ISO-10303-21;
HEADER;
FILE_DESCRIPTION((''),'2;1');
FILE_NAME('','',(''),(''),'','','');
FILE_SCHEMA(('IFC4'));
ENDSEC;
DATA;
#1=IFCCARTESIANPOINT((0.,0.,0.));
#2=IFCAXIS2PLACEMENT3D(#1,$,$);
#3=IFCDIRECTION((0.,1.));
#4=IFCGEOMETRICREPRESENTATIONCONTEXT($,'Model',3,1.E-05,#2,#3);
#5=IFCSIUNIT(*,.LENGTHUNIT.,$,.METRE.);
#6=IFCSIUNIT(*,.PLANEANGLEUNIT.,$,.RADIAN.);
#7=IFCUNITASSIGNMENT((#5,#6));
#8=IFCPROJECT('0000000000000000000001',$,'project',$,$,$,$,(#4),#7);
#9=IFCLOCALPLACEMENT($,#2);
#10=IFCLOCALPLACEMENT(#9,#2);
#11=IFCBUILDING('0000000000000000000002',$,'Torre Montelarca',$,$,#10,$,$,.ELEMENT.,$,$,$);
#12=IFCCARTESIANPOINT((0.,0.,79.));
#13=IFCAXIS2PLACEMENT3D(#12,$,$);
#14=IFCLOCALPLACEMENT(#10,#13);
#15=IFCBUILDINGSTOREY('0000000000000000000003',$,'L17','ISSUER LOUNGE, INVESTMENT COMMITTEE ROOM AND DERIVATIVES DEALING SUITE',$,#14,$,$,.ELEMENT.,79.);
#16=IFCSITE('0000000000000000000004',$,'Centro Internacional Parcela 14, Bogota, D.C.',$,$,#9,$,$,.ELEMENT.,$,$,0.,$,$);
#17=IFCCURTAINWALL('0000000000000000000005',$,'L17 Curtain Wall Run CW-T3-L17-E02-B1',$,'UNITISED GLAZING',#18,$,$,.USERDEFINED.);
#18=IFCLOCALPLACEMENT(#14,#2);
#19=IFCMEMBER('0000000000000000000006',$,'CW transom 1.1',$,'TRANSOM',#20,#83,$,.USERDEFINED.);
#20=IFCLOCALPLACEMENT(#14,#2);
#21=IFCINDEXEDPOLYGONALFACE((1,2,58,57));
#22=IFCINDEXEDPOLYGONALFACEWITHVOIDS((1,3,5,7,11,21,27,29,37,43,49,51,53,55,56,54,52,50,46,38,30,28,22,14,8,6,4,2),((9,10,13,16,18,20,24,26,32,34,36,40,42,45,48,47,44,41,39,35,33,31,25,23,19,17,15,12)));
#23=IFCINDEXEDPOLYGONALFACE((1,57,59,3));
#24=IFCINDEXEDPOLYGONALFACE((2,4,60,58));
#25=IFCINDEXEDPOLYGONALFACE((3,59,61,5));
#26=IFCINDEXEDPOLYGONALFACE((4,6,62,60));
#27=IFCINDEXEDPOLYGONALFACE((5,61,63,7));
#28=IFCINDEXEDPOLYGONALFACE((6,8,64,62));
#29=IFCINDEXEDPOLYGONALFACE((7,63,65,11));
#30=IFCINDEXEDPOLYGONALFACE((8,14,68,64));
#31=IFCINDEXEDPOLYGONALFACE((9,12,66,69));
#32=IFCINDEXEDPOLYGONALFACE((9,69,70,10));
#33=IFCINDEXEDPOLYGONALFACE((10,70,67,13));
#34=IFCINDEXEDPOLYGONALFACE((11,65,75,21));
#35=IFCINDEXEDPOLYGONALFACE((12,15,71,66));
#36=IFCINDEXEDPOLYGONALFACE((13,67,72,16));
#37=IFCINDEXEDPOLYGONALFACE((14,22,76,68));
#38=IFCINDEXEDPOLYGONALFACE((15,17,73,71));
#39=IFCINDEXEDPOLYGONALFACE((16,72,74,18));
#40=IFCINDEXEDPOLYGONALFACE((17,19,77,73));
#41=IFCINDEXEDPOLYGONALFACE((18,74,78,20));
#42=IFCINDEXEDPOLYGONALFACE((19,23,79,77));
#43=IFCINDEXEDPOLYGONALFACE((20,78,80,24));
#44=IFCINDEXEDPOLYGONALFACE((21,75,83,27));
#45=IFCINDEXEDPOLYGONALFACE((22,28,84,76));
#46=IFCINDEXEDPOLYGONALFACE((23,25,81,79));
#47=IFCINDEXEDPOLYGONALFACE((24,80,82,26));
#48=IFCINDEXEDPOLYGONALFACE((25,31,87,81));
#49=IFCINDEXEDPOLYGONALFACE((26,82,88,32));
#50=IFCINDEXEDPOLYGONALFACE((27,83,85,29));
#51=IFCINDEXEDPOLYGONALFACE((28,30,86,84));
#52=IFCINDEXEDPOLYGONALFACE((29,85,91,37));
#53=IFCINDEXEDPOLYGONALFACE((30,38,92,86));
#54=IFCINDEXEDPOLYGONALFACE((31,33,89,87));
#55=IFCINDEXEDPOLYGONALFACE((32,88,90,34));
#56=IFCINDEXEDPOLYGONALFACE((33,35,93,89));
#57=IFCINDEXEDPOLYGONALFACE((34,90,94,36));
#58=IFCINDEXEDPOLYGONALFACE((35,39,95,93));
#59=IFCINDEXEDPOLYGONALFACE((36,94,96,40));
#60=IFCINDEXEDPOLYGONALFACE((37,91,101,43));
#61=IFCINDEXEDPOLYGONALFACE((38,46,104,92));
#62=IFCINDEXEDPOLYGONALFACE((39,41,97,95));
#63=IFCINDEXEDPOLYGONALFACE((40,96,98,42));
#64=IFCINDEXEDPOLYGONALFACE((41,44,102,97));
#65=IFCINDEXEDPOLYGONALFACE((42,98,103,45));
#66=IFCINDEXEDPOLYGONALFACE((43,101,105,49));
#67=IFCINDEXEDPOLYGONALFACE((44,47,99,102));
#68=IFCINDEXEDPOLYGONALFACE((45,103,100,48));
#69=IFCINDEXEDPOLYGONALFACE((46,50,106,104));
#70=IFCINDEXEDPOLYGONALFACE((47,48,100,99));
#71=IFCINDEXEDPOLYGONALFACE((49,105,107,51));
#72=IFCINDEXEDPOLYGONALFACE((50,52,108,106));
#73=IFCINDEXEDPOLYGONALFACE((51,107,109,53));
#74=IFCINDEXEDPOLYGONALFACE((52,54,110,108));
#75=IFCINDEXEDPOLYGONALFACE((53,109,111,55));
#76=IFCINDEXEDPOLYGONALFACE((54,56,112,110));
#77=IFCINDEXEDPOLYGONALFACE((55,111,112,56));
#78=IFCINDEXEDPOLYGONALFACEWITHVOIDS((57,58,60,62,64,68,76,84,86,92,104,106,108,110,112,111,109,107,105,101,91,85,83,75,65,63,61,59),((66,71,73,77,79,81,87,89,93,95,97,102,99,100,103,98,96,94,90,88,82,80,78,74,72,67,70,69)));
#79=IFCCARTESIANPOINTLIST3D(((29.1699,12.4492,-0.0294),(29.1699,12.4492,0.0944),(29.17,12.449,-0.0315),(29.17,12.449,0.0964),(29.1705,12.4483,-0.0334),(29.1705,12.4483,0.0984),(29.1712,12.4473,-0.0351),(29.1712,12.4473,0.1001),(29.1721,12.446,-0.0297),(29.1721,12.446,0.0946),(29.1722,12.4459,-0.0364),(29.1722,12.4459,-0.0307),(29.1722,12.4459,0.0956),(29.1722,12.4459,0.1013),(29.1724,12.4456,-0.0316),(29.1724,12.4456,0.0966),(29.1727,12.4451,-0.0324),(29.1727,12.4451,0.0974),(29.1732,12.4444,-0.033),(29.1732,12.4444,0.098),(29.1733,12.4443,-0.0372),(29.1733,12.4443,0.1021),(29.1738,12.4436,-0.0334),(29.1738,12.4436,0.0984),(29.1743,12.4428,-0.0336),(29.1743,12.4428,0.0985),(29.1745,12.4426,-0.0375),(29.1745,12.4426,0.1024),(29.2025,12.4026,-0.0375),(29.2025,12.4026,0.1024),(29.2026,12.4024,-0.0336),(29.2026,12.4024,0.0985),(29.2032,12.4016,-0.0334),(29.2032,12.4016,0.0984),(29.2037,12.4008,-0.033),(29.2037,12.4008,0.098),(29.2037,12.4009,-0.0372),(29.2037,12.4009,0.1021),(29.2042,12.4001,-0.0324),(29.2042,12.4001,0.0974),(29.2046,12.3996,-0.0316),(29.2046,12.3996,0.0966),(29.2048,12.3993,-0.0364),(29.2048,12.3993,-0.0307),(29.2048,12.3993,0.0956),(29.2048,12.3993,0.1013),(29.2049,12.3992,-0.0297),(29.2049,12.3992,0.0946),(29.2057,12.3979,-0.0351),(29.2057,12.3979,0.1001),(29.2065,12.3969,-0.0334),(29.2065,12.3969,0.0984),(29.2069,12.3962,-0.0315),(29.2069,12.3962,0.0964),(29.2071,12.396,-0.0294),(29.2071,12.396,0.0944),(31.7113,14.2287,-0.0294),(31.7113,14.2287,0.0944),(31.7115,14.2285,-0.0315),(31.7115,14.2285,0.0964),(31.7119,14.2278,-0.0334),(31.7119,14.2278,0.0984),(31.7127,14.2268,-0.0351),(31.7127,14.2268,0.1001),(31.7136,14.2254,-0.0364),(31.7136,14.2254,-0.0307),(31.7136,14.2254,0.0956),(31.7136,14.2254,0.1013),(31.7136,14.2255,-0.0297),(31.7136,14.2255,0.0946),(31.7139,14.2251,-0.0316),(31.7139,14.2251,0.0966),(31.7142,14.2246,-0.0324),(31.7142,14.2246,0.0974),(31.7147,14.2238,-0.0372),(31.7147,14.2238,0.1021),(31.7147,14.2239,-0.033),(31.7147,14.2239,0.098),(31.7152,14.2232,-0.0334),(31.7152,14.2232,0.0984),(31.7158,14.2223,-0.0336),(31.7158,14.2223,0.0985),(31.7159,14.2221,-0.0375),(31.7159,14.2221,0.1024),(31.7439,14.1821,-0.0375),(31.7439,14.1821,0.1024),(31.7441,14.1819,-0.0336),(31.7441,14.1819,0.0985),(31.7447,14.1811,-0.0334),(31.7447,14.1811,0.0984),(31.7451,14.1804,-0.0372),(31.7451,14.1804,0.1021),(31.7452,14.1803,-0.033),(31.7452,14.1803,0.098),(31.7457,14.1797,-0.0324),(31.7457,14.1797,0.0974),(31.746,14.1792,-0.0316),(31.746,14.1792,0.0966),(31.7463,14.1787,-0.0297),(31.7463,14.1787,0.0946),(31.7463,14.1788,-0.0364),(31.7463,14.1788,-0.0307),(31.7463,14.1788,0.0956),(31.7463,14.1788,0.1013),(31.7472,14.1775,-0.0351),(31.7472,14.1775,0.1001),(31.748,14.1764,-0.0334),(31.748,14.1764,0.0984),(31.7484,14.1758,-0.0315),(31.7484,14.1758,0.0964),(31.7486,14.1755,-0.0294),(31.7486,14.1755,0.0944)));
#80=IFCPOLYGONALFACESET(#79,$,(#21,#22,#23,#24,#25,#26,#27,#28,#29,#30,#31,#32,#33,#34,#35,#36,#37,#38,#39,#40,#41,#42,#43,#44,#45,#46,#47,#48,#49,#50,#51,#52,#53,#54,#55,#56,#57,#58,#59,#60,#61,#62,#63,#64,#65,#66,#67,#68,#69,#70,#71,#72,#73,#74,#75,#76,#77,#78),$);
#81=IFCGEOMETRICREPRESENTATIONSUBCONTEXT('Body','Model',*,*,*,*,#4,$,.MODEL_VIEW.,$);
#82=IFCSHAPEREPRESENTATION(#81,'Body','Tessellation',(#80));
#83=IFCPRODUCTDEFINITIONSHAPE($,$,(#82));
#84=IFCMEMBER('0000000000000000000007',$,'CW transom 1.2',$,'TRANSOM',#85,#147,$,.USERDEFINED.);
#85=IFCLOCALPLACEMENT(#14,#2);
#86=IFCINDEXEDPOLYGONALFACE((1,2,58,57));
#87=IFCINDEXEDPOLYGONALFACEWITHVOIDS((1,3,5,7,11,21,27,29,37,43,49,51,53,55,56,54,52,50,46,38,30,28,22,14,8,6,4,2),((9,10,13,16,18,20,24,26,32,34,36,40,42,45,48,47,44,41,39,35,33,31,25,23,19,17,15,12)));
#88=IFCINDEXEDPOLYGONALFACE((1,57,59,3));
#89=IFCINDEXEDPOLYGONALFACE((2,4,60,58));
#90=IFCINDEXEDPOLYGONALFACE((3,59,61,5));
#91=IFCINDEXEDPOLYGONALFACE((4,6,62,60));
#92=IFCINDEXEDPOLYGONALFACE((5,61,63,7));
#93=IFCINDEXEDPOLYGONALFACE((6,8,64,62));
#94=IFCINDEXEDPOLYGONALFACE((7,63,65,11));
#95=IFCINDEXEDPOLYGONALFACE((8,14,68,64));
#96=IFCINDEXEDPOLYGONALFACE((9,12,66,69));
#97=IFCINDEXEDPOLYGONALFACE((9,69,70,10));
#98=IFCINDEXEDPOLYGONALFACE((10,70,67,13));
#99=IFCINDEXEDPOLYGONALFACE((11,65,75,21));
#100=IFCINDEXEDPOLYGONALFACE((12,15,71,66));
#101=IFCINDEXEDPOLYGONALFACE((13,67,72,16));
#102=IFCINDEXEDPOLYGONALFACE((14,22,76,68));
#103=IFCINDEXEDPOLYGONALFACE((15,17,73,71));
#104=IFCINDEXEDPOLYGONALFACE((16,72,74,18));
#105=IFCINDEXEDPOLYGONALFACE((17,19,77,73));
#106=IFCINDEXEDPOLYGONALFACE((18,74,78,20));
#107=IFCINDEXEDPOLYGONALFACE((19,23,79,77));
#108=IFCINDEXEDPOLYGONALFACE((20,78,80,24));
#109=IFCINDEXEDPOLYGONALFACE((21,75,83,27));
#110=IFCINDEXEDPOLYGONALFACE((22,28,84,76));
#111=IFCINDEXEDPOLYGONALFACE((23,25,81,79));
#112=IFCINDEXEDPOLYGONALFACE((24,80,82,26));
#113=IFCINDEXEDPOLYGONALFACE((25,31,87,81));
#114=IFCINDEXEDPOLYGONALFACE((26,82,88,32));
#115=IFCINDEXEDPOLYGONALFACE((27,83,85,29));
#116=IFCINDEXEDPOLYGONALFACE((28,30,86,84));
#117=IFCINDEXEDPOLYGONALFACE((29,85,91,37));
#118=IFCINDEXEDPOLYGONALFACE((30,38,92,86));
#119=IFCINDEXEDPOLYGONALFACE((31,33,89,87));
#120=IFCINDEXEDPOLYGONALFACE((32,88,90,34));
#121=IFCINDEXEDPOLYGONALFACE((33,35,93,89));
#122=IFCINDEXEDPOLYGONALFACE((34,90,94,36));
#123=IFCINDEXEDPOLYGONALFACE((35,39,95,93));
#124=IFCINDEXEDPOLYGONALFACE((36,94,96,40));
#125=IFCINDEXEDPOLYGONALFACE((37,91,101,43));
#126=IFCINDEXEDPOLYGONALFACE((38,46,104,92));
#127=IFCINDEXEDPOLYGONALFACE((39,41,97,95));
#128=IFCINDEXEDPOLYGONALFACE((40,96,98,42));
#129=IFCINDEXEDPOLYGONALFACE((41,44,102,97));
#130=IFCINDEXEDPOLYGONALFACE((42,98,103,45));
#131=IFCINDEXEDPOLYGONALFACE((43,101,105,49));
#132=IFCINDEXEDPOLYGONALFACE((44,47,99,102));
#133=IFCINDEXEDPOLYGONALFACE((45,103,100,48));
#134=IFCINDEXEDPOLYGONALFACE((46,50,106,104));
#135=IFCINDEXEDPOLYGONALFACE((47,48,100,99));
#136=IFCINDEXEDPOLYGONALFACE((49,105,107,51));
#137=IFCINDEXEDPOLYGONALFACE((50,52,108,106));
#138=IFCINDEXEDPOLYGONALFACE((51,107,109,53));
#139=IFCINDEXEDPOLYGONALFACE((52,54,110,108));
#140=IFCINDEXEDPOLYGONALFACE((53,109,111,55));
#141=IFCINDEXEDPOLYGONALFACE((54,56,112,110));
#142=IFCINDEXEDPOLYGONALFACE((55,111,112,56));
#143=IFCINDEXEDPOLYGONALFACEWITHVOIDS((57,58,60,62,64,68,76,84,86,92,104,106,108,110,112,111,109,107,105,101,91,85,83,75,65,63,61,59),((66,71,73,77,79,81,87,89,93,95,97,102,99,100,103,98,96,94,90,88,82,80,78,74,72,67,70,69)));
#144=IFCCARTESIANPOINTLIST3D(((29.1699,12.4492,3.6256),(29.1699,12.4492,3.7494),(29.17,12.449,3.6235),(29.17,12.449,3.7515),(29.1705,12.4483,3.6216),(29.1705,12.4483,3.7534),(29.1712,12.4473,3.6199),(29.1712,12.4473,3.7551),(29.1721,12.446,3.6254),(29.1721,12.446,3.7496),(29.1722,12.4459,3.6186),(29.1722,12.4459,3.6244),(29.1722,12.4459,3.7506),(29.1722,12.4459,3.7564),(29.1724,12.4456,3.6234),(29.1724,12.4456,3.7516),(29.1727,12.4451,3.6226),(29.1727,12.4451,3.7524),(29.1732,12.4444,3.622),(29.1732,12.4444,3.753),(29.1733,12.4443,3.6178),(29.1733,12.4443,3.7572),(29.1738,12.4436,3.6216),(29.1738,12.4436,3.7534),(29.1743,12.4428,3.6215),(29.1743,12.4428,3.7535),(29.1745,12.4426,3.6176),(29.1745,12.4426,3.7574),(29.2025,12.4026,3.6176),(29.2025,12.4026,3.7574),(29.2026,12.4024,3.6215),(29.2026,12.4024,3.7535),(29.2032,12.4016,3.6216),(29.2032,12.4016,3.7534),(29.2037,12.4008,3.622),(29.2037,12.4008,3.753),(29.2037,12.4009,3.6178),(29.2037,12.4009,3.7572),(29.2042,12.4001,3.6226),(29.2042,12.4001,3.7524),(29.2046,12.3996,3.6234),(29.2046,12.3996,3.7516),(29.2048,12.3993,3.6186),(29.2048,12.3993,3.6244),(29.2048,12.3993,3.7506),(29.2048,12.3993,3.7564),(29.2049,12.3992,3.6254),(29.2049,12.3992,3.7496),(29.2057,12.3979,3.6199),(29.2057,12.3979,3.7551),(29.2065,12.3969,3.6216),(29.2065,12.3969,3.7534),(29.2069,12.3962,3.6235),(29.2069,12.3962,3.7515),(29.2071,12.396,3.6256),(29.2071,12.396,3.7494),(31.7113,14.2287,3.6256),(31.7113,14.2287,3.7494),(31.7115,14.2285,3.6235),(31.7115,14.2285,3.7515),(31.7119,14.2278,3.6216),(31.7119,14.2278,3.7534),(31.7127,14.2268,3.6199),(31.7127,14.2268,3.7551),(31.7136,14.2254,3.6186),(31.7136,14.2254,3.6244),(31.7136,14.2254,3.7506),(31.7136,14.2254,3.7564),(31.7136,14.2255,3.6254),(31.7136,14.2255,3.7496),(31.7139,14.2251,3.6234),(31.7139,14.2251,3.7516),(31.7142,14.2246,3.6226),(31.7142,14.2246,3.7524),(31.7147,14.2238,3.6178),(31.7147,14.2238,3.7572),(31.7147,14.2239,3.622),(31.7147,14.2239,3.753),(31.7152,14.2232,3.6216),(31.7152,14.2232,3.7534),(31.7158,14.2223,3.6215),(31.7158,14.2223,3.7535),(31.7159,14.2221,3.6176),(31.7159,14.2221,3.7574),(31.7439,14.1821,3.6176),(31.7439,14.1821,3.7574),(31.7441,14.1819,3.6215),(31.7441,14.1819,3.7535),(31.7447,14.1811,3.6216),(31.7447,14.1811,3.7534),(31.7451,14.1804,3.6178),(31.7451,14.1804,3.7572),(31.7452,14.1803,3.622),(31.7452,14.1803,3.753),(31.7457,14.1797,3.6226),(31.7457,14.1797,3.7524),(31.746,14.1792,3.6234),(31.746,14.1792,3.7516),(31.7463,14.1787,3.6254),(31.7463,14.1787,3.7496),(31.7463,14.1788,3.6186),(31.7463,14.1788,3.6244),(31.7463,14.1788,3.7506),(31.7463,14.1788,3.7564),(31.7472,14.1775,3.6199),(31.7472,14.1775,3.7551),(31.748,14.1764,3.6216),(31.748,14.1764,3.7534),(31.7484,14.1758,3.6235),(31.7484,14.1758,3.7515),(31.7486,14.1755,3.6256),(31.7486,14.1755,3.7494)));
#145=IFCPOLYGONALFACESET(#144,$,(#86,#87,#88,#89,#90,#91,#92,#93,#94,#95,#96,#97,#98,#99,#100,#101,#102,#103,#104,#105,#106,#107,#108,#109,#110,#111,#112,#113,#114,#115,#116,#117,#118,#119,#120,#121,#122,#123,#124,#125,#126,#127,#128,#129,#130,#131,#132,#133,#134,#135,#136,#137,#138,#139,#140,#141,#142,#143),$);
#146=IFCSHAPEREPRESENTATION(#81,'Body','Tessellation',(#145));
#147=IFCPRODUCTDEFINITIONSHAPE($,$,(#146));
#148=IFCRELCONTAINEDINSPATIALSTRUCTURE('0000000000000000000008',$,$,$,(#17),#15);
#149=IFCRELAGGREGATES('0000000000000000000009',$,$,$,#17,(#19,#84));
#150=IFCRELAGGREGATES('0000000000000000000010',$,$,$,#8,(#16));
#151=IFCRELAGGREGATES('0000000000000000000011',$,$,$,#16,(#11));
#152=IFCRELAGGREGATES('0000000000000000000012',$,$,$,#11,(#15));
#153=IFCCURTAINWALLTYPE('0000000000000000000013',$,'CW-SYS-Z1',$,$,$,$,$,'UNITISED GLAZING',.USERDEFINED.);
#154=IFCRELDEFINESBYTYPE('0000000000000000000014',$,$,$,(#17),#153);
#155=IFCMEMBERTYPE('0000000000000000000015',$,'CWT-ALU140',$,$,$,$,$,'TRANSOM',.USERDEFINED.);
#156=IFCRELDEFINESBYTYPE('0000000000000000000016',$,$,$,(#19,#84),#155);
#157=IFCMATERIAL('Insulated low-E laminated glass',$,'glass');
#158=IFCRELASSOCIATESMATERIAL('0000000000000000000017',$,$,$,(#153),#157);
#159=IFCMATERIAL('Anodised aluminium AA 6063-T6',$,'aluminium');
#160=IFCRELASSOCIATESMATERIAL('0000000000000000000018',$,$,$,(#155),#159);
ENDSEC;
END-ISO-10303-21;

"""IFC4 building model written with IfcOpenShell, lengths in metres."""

from ifc_helpers import new_model, si_unit, direction, frame, origin, origin_2d, place, context, subcontext, project, spatial, hollow_rectangle, extrude, source, transform, mapped, material, material_profile, profile_set, type_object, element, aggregate, save


model = new_model("IFC4")

# Units and contexts
model_context = context("Model", 3, precision=1e-05, world=origin(), true_north=direction((0.0, 1.0)))
body_context = subcontext(model_context, "Body", "Model", "MODEL_VIEW")
ifc_project = project(units=[si_unit("LENGTHUNIT", "METRE"), si_unit("PLANEANGLEUNIT", "RADIAN")], contexts=[model_context])

# Site, building, storey
site_placement = place(None, origin())
site = spatial("IfcSite", under=ifc_project, at=site_placement, Name="Centro Internacional Parcela 14, Bogota, D.C.", CompositionType="ELEMENT", RefElevation=0.0)
building_placement = place(site_placement, origin())
building = spatial("IfcBuilding", under=site, at=building_placement, Name="Torre Montelarca", CompositionType="ELEMENT")
storey_placement = place(building_placement, frame((0.0, 0.0, 79.0)))
storey = spatial("IfcBuildingStorey", under=building, at=storey_placement, Name="L17", Description="ISSUER LOUNGE, INVESTMENT COMMITTEE ROOM AND DERIVATIVES DEALING SUITE", CompositionType="ELEMENT", Elevation=79.0)

# Curtain wall, members
ifc_material_1 = material(Name="Insulated low-E laminated glass", Category="glass")
curtain_wall_type = type_object("IfcCurtainWallType", Name="CW-SYS-Z1", ElementType="UNITISED GLAZING", PredefinedType="USERDEFINED", material=ifc_material_1)
ifc_material_2 = material(Name="Anodised aluminium AA 6063-T6", Category="aluminium")
ifc_material_profile_1 = material_profile(ifc_material_2, hollow_rectangle(XDim=0.0649, YDim=0.1399, WallThickness=0.0039, InnerFilletRadius=0.0039, OuterFilletRadius=0.0081, at=origin_2d()), Name="ALU65X140X4", Category="aluminium")
ifc_profile_set_1 = profile_set([ifc_material_profile_1], Name="Anodised aluminium AA 6063-T6")
member_type_1 = type_object("IfcMemberType", Name="CWT-ALU140", ElementType="TRANSOM", PredefinedType="USERDEFINED", material=ifc_profile_set_1)
curtain_wall_1_placement = place(storey_placement, origin())
curtain_wall_1 = element("IfcCurtainWall", 1, at=curtain_wall_1_placement, inside=storey, type_object=curtain_wall_type, Name="L17 Curtain Wall Run CW-T3-L17-E02-B1", ObjectType="UNITISED GLAZING", PredefinedType="USERDEFINED")
shared_shape_1 = source(origin(), body_context, "Body", "SweptSolid", [
    extrude(hollow_rectangle(XDim=0.0649, YDim=0.1399, WallThickness=0.0039, InnerFilletRadius=0.0039, OuterFilletRadius=0.0081, at=origin_2d()), origin(), (0.0, 0.0, 1.0), 3.1025),
])
member_1_placement = place(storey_placement, frame((29.1885, 12.4226, 0.0325), z_axis=(0.819158, 0.573568, 0.0), x_axis=(-0.573568, 0.819158, 0.0)))
member_1 = element("IfcMember", 2, at=member_1_placement, type_object=member_type_1, Name="CW transom 1.1", ObjectType="TRANSOM", PredefinedType="USERDEFINED", context=body_context, shape_type="MappedRepresentation", body=[
    mapped(shared_shape_1, transform((0.0, 0.0, 0.0), scale=1.0)),
])
member_2_placement = place(storey_placement, frame((29.1885, 12.4226, 3.6875), z_axis=(0.819158, 0.573568, 0.0), x_axis=(-0.573568, 0.819158, 0.0)))
member_2 = element("IfcMember", 3, at=member_2_placement, type_object=member_type_1, Name="CW transom 1.2", ObjectType="TRANSOM", PredefinedType="USERDEFINED", context=body_context, shape_type="MappedRepresentation", body=[
    mapped(shared_shape_1, transform((0.0, 0.0, 0.0), scale=1.0)),
])

aggregate(curtain_wall_1, [member_1, member_2])

save(model, "model.ifc")
